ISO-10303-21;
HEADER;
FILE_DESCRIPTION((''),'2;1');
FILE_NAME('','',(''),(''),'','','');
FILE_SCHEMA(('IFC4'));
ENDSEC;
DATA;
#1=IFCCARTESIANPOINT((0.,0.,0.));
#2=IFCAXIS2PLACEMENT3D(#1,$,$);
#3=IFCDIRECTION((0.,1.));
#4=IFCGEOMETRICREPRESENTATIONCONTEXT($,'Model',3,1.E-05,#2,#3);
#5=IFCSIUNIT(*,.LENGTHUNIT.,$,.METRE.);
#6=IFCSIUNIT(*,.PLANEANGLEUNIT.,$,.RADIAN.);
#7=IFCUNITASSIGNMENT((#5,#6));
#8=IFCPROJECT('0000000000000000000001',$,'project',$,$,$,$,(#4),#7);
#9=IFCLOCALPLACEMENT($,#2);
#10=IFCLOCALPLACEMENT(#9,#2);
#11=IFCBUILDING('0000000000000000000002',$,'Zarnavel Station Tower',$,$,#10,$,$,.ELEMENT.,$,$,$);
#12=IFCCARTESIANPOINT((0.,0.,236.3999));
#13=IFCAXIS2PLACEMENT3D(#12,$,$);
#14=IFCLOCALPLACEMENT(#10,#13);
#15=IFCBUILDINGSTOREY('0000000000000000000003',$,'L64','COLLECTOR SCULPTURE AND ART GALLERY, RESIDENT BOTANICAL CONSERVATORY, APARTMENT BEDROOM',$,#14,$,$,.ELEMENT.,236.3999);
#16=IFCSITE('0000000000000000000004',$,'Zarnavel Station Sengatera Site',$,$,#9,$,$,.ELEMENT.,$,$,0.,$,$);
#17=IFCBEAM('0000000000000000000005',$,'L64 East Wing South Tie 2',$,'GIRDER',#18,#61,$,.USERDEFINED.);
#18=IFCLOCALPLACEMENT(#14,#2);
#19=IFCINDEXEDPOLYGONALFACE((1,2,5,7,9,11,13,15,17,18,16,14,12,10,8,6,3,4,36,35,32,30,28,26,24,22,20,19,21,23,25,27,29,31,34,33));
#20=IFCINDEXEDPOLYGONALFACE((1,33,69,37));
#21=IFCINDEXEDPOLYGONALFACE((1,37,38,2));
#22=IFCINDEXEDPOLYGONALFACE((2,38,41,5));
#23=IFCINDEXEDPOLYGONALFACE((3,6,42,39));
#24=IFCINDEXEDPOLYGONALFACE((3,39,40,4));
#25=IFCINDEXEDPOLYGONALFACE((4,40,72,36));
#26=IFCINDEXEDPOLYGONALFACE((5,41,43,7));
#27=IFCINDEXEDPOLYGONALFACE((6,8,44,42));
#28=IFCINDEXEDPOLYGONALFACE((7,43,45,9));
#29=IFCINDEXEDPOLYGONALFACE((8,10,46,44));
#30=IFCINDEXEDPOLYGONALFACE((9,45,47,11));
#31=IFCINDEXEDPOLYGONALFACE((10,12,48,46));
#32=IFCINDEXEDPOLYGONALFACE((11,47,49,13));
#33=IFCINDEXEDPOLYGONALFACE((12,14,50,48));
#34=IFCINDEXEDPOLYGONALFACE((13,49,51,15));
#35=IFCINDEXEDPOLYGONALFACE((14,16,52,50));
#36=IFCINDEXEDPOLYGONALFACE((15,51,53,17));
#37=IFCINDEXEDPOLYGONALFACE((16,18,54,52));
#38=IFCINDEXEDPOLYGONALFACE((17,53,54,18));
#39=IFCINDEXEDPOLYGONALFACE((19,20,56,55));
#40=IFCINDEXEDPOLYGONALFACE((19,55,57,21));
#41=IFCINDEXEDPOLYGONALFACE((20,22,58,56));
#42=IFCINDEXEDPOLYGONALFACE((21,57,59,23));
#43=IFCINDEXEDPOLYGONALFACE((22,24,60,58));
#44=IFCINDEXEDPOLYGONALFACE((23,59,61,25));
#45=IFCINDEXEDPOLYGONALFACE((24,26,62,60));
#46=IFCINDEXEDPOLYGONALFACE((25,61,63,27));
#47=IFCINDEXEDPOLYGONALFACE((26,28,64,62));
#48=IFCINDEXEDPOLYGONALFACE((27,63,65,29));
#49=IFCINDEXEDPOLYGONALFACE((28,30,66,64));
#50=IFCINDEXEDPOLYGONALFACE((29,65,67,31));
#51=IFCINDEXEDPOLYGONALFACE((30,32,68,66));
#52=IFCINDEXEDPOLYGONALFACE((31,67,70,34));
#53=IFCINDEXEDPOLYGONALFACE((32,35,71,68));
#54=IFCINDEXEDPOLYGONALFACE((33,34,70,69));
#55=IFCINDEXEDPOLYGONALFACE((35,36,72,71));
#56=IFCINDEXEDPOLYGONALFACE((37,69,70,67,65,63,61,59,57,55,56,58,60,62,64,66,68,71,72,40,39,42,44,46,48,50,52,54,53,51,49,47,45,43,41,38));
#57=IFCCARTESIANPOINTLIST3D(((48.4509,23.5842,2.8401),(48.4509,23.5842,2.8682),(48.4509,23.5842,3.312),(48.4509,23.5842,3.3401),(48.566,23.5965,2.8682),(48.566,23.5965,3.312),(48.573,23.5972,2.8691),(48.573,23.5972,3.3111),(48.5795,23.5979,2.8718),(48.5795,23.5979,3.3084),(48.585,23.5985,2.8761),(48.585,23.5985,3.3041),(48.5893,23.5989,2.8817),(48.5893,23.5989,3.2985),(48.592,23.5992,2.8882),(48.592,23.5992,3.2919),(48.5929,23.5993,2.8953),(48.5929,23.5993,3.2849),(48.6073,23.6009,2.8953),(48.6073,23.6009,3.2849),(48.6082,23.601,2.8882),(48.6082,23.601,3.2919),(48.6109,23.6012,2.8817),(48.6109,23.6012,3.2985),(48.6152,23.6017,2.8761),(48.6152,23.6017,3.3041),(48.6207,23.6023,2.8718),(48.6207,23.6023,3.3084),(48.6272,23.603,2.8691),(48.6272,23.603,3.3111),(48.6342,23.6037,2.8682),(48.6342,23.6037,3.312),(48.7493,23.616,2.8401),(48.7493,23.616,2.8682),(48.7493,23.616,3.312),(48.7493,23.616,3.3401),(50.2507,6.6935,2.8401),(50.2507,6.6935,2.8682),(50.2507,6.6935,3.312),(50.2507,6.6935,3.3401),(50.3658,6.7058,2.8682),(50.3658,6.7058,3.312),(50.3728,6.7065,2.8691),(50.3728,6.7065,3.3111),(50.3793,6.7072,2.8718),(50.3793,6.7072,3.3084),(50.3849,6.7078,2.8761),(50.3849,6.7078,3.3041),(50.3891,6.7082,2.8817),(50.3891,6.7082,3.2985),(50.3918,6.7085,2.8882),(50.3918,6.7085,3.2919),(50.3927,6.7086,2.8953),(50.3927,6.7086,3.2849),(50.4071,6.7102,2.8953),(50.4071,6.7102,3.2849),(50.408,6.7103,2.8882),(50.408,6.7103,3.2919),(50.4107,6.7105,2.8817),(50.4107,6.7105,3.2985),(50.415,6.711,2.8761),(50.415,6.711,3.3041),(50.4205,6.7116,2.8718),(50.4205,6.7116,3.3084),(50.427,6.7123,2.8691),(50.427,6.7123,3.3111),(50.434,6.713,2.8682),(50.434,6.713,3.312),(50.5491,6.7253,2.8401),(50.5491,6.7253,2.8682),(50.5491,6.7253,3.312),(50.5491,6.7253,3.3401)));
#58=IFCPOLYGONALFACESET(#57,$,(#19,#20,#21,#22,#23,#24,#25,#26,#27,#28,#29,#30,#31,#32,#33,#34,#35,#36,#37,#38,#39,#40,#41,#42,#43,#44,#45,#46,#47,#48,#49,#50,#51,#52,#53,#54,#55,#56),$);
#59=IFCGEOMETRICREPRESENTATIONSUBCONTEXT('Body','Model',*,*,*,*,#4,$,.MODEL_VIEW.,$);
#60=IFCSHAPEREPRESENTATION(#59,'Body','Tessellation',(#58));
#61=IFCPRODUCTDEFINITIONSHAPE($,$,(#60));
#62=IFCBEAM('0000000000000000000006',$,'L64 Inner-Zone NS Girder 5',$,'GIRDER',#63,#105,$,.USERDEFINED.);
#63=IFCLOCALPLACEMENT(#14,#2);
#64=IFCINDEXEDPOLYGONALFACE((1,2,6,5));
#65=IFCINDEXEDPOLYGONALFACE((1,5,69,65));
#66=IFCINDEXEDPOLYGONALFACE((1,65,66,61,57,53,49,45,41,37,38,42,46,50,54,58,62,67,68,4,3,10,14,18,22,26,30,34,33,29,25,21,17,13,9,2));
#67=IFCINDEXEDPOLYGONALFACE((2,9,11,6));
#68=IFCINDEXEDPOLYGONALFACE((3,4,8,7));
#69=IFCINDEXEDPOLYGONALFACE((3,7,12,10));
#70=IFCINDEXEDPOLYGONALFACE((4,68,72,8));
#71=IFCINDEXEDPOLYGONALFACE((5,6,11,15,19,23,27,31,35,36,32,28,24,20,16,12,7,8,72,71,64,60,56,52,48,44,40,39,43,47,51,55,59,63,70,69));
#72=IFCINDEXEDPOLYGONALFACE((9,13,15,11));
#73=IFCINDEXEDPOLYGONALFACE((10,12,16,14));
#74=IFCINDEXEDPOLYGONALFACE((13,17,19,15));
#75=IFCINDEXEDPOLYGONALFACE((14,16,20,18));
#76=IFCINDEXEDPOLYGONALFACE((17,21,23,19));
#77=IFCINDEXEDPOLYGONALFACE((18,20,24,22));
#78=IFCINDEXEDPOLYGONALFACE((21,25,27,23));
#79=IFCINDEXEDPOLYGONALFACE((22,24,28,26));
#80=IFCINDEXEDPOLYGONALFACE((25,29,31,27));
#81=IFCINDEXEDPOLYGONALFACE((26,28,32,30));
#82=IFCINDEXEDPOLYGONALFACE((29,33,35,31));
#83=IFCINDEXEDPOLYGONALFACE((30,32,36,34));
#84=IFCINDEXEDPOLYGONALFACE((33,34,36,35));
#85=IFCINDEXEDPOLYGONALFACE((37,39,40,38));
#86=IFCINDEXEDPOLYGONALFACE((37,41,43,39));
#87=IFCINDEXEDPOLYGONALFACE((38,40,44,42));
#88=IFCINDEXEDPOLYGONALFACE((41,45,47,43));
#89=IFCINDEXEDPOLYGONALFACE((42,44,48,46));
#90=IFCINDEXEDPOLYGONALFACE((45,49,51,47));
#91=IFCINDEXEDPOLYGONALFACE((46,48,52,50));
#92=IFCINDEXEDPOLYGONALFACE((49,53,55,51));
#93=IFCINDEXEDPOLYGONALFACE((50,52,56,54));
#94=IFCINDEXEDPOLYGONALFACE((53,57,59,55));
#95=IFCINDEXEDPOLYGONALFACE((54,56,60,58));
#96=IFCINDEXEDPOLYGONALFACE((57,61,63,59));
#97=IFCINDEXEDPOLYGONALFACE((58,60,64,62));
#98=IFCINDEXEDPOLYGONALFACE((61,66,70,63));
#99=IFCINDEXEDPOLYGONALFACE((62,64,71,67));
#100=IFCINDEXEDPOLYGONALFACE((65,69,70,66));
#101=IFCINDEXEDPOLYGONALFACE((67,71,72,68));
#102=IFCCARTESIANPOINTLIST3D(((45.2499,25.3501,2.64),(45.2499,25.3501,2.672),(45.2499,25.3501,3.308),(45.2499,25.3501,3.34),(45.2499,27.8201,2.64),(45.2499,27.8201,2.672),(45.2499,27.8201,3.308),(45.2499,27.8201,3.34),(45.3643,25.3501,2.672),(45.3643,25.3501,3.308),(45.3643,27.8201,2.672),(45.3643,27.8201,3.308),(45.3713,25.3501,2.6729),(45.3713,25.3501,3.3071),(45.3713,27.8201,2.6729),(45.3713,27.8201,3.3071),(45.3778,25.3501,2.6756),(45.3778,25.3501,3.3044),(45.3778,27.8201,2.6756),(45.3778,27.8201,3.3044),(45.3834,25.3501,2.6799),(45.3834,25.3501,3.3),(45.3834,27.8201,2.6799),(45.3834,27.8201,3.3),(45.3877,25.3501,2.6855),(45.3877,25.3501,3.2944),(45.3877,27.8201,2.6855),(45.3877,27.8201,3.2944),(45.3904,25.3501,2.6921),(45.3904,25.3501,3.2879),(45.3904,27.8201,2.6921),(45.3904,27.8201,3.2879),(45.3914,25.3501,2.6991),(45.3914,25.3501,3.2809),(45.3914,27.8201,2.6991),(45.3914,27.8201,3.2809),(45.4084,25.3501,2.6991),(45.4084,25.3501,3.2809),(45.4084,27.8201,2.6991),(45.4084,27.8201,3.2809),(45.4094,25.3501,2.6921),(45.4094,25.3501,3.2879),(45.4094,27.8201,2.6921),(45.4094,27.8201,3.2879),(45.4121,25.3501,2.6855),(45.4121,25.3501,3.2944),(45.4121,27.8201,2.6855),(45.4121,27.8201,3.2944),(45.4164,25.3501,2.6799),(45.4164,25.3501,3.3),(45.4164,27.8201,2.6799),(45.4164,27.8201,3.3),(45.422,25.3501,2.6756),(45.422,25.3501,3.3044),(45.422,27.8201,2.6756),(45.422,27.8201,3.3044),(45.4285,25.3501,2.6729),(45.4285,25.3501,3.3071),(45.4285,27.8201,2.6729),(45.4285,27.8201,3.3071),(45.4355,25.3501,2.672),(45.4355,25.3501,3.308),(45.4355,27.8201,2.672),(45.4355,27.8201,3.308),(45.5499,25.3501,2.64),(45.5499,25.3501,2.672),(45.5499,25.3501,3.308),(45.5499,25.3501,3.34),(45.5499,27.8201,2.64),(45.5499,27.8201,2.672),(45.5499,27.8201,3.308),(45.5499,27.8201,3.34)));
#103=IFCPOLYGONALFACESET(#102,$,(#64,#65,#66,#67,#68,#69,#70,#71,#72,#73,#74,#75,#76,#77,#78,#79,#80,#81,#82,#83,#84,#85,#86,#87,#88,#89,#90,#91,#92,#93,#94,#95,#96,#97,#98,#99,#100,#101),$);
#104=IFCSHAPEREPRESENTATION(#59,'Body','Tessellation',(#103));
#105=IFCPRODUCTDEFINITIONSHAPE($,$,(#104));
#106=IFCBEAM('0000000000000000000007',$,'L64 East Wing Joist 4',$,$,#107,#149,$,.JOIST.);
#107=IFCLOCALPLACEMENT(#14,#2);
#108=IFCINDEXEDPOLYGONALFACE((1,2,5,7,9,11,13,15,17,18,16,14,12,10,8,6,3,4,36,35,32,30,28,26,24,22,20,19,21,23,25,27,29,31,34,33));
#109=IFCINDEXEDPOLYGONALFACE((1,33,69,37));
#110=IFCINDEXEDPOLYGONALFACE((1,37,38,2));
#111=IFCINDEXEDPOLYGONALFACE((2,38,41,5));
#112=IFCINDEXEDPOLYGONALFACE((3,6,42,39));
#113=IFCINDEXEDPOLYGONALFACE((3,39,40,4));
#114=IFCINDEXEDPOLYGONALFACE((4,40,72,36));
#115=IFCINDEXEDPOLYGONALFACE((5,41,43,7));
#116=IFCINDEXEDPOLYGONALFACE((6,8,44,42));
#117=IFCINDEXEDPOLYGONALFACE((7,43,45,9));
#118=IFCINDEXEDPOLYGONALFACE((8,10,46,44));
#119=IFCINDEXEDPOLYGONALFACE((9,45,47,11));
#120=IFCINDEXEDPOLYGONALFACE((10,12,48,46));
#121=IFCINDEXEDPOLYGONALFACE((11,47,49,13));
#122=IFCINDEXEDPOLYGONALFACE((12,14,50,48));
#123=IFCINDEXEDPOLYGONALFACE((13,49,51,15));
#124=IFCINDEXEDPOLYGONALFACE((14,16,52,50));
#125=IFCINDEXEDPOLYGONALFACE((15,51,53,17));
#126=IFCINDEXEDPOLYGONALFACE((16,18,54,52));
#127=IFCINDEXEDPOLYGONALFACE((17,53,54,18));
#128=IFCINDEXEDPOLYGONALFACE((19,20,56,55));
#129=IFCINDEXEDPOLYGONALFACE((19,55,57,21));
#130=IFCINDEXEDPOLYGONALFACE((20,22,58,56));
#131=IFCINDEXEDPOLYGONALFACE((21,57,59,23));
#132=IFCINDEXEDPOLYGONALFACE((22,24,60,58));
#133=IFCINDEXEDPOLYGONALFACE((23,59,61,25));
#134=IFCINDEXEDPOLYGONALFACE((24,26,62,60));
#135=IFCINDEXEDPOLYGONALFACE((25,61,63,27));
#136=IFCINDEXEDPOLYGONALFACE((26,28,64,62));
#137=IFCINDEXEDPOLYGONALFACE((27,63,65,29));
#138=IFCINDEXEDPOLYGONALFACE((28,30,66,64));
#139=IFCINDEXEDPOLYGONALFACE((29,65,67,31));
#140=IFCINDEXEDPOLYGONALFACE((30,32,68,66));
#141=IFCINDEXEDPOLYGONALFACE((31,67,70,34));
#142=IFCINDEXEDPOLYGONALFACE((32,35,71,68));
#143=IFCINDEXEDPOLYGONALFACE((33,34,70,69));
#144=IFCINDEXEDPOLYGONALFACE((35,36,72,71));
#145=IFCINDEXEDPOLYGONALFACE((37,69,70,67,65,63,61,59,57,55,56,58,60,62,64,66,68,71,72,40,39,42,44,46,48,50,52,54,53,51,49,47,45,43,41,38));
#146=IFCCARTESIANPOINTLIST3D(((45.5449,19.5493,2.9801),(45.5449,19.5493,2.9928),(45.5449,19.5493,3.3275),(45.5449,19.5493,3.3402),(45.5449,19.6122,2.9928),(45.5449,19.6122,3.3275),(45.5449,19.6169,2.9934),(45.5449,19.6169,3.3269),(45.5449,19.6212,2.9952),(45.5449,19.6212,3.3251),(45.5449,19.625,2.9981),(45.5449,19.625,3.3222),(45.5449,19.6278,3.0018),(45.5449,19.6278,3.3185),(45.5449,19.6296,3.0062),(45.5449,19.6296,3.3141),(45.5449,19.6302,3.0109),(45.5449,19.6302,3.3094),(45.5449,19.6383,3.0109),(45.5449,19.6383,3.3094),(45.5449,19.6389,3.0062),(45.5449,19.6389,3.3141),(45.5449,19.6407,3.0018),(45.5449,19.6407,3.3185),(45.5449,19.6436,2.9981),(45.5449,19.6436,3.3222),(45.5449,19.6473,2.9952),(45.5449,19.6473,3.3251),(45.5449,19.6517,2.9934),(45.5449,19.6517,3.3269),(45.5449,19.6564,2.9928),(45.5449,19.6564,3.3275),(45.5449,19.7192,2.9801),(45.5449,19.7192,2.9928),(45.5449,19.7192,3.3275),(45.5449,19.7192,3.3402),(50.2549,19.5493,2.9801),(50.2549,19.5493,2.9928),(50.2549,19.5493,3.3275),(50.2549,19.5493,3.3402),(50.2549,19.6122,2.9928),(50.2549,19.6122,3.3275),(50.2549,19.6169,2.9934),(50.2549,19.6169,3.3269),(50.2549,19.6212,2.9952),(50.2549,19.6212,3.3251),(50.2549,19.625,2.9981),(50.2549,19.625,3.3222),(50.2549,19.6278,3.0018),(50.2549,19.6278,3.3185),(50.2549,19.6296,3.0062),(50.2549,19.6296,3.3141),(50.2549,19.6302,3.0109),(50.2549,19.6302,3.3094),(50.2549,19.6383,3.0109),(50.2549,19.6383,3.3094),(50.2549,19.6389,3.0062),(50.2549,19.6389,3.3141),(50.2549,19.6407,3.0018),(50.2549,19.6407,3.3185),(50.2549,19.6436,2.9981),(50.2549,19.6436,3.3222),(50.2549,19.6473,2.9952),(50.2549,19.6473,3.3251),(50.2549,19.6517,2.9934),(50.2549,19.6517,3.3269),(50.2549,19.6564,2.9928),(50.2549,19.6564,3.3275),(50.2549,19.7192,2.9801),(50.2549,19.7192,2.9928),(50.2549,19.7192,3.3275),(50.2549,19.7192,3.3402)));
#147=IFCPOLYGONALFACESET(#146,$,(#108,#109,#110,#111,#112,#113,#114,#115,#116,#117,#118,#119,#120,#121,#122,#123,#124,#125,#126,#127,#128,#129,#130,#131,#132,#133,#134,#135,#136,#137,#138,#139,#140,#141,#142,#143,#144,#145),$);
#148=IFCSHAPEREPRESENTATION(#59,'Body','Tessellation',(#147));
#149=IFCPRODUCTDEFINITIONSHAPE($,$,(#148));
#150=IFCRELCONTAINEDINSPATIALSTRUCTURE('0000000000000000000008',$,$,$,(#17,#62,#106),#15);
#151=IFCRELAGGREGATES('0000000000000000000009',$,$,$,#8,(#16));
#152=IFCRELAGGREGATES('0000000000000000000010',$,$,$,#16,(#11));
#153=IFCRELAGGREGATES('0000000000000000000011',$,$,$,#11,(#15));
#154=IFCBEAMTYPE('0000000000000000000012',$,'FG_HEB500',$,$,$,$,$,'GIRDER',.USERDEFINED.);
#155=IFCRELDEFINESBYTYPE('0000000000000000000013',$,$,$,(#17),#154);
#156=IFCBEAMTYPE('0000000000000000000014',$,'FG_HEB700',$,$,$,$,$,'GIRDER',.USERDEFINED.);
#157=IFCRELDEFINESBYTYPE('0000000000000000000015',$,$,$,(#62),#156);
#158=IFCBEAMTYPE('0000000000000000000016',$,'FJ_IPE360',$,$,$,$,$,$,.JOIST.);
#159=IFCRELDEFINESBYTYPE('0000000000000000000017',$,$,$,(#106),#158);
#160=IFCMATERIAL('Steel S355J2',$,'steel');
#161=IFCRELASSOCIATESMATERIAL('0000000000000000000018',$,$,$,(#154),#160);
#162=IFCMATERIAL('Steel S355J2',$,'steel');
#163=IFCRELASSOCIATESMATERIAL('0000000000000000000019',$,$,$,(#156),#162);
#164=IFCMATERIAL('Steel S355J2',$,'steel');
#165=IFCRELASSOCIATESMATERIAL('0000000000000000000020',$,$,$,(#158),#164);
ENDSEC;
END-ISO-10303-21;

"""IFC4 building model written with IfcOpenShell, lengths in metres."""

from ifc_helpers import new_model, si_unit, direction, frame, origin, origin_2d, place, context, subcontext, project, spatial, i_section, extrude, material, material_profile, profile_set, type_object, element, save


model = new_model("IFC4")

# Units and contexts
model_context = context("Model", 3, precision=1e-05, world=origin(), true_north=direction((0.0, 1.0)))
body_context = subcontext(model_context, "Body", "Model", "MODEL_VIEW")
ifc_project = project(units=[si_unit("LENGTHUNIT", "METRE"), si_unit("PLANEANGLEUNIT", "RADIAN")], contexts=[model_context])

# Site, building, storey
site_placement = place(None, origin())
site = spatial("IfcSite", under=ifc_project, at=site_placement, Name="Zarnavel Station Sengatera Site", CompositionType="ELEMENT", RefElevation=0.0)
building_placement = place(site_placement, origin())
building = spatial("IfcBuilding", under=site, at=building_placement, Name="Zarnavel Station Tower", CompositionType="ELEMENT")
storey_placement = place(building_placement, frame((0.0, 0.0, 236.3999)))
storey = spatial("IfcBuildingStorey", under=building, at=storey_placement, Name="L64", Description="COLLECTOR SCULPTURE AND ART GALLERY, RESIDENT BOTANICAL CONSERVATORY, APARTMENT BEDROOM", CompositionType="ELEMENT", Elevation=236.3999)

# Beams
ifc_material_1 = material(Name="Steel S355J2", Category="steel")
ifc_material_profile_1 = material_profile(ifc_material_1, i_section(OverallWidth=0.3, OverallDepth=0.5, WebThickness=0.0144, FlangeThickness=0.0281, FilletRadius=0.0271, at=origin_2d()), Name="HEB500")
ifc_profile_set_1 = profile_set([ifc_material_profile_1], Name="Steel S355J2")
beam_type_1 = type_object("IfcBeamType", Name="FG_HEB500", ElementType="GIRDER", PredefinedType="USERDEFINED", material=ifc_profile_set_1)
beam_1_placement = place(storey_placement, frame((48.6001, 23.6001, 3.0901), z_axis=(0.105957, -0.994371, 0.0), x_axis=(0.994371, 0.105957, 0.0)))
element("IfcBeam", 1, at=beam_1_placement, inside=storey, type_object=beam_type_1, Name="L64 East Wing South Tie 2", ObjectType="GIRDER", PredefinedType="USERDEFINED", context=body_context, shape_type="SweptSolid", body=[
    extrude(i_section(OverallWidth=0.3, OverallDepth=0.5, WebThickness=0.0144, FlangeThickness=0.0281, FilletRadius=0.0271, at=origin_2d()), origin(), (0.0, 0.0, 1.0), 16.9863),
])
ifc_material_2 = material(Name="Steel S355J2", Category="steel")
ifc_material_profile_2 = material_profile(ifc_material_2, i_section(OverallWidth=0.3, OverallDepth=0.7, WebThickness=0.0171, FlangeThickness=0.032, FilletRadius=0.0271, at=origin_2d()), Name="HEB700")
ifc_profile_set_2 = profile_set([ifc_material_profile_2], Name="Steel S355J2")
beam_type_2 = type_object("IfcBeamType", Name="FG_HEB700", ElementType="GIRDER", PredefinedType="USERDEFINED", material=ifc_profile_set_2)
beam_2_placement = place(storey_placement, frame((45.3999, 25.3501, 2.99), z_axis=(0.0, 1.0, 0.0), x_axis=(-1.0, 0.0, 0.0)))
element("IfcBeam", 2, at=beam_2_placement, inside=storey, type_object=beam_type_2, Name="L64 Inner-Zone NS Girder 5", ObjectType="GIRDER", PredefinedType="USERDEFINED", context=body_context, shape_type="SweptSolid", body=[
    extrude(i_section(OverallWidth=0.3, OverallDepth=0.7, WebThickness=0.0171, FlangeThickness=0.032, FilletRadius=0.0271, at=origin_2d()), origin(), (0.0, 0.0, 1.0), 2.47),
])
ifc_material_3 = material(Name="Steel S355J2", Category="steel")
ifc_material_profile_3 = material_profile(ifc_material_3, i_section(OverallWidth=0.1699, OverallDepth=0.3601, WebThickness=0.0081, FlangeThickness=0.0127, FilletRadius=0.0181, at=origin_2d()), Name="IPE360")
ifc_profile_set_3 = profile_set([ifc_material_profile_3], Name="Steel S355J2")
beam_type_3 = type_object("IfcBeamType", Name="FJ_IPE360", PredefinedType="JOIST", material=ifc_profile_set_3)
beam_3_placement = place(storey_placement, frame((45.5449, 19.6343, 3.1602), z_axis=(1.0, 0.0, 0.0), x_axis=(0.0, 1.0, 0.0)))
element("IfcBeam", 3, at=beam_3_placement, inside=storey, type_object=beam_type_3, Name="L64 East Wing Joist 4", PredefinedType="JOIST", context=body_context, shape_type="SweptSolid", body=[
    extrude(i_section(OverallWidth=0.1699, OverallDepth=0.3601, WebThickness=0.0081, FlangeThickness=0.0127, FilletRadius=0.0181, at=origin_2d()), origin(), (0.0, 0.0, 1.0), 4.71),
])

save(model, "model.ifc")
